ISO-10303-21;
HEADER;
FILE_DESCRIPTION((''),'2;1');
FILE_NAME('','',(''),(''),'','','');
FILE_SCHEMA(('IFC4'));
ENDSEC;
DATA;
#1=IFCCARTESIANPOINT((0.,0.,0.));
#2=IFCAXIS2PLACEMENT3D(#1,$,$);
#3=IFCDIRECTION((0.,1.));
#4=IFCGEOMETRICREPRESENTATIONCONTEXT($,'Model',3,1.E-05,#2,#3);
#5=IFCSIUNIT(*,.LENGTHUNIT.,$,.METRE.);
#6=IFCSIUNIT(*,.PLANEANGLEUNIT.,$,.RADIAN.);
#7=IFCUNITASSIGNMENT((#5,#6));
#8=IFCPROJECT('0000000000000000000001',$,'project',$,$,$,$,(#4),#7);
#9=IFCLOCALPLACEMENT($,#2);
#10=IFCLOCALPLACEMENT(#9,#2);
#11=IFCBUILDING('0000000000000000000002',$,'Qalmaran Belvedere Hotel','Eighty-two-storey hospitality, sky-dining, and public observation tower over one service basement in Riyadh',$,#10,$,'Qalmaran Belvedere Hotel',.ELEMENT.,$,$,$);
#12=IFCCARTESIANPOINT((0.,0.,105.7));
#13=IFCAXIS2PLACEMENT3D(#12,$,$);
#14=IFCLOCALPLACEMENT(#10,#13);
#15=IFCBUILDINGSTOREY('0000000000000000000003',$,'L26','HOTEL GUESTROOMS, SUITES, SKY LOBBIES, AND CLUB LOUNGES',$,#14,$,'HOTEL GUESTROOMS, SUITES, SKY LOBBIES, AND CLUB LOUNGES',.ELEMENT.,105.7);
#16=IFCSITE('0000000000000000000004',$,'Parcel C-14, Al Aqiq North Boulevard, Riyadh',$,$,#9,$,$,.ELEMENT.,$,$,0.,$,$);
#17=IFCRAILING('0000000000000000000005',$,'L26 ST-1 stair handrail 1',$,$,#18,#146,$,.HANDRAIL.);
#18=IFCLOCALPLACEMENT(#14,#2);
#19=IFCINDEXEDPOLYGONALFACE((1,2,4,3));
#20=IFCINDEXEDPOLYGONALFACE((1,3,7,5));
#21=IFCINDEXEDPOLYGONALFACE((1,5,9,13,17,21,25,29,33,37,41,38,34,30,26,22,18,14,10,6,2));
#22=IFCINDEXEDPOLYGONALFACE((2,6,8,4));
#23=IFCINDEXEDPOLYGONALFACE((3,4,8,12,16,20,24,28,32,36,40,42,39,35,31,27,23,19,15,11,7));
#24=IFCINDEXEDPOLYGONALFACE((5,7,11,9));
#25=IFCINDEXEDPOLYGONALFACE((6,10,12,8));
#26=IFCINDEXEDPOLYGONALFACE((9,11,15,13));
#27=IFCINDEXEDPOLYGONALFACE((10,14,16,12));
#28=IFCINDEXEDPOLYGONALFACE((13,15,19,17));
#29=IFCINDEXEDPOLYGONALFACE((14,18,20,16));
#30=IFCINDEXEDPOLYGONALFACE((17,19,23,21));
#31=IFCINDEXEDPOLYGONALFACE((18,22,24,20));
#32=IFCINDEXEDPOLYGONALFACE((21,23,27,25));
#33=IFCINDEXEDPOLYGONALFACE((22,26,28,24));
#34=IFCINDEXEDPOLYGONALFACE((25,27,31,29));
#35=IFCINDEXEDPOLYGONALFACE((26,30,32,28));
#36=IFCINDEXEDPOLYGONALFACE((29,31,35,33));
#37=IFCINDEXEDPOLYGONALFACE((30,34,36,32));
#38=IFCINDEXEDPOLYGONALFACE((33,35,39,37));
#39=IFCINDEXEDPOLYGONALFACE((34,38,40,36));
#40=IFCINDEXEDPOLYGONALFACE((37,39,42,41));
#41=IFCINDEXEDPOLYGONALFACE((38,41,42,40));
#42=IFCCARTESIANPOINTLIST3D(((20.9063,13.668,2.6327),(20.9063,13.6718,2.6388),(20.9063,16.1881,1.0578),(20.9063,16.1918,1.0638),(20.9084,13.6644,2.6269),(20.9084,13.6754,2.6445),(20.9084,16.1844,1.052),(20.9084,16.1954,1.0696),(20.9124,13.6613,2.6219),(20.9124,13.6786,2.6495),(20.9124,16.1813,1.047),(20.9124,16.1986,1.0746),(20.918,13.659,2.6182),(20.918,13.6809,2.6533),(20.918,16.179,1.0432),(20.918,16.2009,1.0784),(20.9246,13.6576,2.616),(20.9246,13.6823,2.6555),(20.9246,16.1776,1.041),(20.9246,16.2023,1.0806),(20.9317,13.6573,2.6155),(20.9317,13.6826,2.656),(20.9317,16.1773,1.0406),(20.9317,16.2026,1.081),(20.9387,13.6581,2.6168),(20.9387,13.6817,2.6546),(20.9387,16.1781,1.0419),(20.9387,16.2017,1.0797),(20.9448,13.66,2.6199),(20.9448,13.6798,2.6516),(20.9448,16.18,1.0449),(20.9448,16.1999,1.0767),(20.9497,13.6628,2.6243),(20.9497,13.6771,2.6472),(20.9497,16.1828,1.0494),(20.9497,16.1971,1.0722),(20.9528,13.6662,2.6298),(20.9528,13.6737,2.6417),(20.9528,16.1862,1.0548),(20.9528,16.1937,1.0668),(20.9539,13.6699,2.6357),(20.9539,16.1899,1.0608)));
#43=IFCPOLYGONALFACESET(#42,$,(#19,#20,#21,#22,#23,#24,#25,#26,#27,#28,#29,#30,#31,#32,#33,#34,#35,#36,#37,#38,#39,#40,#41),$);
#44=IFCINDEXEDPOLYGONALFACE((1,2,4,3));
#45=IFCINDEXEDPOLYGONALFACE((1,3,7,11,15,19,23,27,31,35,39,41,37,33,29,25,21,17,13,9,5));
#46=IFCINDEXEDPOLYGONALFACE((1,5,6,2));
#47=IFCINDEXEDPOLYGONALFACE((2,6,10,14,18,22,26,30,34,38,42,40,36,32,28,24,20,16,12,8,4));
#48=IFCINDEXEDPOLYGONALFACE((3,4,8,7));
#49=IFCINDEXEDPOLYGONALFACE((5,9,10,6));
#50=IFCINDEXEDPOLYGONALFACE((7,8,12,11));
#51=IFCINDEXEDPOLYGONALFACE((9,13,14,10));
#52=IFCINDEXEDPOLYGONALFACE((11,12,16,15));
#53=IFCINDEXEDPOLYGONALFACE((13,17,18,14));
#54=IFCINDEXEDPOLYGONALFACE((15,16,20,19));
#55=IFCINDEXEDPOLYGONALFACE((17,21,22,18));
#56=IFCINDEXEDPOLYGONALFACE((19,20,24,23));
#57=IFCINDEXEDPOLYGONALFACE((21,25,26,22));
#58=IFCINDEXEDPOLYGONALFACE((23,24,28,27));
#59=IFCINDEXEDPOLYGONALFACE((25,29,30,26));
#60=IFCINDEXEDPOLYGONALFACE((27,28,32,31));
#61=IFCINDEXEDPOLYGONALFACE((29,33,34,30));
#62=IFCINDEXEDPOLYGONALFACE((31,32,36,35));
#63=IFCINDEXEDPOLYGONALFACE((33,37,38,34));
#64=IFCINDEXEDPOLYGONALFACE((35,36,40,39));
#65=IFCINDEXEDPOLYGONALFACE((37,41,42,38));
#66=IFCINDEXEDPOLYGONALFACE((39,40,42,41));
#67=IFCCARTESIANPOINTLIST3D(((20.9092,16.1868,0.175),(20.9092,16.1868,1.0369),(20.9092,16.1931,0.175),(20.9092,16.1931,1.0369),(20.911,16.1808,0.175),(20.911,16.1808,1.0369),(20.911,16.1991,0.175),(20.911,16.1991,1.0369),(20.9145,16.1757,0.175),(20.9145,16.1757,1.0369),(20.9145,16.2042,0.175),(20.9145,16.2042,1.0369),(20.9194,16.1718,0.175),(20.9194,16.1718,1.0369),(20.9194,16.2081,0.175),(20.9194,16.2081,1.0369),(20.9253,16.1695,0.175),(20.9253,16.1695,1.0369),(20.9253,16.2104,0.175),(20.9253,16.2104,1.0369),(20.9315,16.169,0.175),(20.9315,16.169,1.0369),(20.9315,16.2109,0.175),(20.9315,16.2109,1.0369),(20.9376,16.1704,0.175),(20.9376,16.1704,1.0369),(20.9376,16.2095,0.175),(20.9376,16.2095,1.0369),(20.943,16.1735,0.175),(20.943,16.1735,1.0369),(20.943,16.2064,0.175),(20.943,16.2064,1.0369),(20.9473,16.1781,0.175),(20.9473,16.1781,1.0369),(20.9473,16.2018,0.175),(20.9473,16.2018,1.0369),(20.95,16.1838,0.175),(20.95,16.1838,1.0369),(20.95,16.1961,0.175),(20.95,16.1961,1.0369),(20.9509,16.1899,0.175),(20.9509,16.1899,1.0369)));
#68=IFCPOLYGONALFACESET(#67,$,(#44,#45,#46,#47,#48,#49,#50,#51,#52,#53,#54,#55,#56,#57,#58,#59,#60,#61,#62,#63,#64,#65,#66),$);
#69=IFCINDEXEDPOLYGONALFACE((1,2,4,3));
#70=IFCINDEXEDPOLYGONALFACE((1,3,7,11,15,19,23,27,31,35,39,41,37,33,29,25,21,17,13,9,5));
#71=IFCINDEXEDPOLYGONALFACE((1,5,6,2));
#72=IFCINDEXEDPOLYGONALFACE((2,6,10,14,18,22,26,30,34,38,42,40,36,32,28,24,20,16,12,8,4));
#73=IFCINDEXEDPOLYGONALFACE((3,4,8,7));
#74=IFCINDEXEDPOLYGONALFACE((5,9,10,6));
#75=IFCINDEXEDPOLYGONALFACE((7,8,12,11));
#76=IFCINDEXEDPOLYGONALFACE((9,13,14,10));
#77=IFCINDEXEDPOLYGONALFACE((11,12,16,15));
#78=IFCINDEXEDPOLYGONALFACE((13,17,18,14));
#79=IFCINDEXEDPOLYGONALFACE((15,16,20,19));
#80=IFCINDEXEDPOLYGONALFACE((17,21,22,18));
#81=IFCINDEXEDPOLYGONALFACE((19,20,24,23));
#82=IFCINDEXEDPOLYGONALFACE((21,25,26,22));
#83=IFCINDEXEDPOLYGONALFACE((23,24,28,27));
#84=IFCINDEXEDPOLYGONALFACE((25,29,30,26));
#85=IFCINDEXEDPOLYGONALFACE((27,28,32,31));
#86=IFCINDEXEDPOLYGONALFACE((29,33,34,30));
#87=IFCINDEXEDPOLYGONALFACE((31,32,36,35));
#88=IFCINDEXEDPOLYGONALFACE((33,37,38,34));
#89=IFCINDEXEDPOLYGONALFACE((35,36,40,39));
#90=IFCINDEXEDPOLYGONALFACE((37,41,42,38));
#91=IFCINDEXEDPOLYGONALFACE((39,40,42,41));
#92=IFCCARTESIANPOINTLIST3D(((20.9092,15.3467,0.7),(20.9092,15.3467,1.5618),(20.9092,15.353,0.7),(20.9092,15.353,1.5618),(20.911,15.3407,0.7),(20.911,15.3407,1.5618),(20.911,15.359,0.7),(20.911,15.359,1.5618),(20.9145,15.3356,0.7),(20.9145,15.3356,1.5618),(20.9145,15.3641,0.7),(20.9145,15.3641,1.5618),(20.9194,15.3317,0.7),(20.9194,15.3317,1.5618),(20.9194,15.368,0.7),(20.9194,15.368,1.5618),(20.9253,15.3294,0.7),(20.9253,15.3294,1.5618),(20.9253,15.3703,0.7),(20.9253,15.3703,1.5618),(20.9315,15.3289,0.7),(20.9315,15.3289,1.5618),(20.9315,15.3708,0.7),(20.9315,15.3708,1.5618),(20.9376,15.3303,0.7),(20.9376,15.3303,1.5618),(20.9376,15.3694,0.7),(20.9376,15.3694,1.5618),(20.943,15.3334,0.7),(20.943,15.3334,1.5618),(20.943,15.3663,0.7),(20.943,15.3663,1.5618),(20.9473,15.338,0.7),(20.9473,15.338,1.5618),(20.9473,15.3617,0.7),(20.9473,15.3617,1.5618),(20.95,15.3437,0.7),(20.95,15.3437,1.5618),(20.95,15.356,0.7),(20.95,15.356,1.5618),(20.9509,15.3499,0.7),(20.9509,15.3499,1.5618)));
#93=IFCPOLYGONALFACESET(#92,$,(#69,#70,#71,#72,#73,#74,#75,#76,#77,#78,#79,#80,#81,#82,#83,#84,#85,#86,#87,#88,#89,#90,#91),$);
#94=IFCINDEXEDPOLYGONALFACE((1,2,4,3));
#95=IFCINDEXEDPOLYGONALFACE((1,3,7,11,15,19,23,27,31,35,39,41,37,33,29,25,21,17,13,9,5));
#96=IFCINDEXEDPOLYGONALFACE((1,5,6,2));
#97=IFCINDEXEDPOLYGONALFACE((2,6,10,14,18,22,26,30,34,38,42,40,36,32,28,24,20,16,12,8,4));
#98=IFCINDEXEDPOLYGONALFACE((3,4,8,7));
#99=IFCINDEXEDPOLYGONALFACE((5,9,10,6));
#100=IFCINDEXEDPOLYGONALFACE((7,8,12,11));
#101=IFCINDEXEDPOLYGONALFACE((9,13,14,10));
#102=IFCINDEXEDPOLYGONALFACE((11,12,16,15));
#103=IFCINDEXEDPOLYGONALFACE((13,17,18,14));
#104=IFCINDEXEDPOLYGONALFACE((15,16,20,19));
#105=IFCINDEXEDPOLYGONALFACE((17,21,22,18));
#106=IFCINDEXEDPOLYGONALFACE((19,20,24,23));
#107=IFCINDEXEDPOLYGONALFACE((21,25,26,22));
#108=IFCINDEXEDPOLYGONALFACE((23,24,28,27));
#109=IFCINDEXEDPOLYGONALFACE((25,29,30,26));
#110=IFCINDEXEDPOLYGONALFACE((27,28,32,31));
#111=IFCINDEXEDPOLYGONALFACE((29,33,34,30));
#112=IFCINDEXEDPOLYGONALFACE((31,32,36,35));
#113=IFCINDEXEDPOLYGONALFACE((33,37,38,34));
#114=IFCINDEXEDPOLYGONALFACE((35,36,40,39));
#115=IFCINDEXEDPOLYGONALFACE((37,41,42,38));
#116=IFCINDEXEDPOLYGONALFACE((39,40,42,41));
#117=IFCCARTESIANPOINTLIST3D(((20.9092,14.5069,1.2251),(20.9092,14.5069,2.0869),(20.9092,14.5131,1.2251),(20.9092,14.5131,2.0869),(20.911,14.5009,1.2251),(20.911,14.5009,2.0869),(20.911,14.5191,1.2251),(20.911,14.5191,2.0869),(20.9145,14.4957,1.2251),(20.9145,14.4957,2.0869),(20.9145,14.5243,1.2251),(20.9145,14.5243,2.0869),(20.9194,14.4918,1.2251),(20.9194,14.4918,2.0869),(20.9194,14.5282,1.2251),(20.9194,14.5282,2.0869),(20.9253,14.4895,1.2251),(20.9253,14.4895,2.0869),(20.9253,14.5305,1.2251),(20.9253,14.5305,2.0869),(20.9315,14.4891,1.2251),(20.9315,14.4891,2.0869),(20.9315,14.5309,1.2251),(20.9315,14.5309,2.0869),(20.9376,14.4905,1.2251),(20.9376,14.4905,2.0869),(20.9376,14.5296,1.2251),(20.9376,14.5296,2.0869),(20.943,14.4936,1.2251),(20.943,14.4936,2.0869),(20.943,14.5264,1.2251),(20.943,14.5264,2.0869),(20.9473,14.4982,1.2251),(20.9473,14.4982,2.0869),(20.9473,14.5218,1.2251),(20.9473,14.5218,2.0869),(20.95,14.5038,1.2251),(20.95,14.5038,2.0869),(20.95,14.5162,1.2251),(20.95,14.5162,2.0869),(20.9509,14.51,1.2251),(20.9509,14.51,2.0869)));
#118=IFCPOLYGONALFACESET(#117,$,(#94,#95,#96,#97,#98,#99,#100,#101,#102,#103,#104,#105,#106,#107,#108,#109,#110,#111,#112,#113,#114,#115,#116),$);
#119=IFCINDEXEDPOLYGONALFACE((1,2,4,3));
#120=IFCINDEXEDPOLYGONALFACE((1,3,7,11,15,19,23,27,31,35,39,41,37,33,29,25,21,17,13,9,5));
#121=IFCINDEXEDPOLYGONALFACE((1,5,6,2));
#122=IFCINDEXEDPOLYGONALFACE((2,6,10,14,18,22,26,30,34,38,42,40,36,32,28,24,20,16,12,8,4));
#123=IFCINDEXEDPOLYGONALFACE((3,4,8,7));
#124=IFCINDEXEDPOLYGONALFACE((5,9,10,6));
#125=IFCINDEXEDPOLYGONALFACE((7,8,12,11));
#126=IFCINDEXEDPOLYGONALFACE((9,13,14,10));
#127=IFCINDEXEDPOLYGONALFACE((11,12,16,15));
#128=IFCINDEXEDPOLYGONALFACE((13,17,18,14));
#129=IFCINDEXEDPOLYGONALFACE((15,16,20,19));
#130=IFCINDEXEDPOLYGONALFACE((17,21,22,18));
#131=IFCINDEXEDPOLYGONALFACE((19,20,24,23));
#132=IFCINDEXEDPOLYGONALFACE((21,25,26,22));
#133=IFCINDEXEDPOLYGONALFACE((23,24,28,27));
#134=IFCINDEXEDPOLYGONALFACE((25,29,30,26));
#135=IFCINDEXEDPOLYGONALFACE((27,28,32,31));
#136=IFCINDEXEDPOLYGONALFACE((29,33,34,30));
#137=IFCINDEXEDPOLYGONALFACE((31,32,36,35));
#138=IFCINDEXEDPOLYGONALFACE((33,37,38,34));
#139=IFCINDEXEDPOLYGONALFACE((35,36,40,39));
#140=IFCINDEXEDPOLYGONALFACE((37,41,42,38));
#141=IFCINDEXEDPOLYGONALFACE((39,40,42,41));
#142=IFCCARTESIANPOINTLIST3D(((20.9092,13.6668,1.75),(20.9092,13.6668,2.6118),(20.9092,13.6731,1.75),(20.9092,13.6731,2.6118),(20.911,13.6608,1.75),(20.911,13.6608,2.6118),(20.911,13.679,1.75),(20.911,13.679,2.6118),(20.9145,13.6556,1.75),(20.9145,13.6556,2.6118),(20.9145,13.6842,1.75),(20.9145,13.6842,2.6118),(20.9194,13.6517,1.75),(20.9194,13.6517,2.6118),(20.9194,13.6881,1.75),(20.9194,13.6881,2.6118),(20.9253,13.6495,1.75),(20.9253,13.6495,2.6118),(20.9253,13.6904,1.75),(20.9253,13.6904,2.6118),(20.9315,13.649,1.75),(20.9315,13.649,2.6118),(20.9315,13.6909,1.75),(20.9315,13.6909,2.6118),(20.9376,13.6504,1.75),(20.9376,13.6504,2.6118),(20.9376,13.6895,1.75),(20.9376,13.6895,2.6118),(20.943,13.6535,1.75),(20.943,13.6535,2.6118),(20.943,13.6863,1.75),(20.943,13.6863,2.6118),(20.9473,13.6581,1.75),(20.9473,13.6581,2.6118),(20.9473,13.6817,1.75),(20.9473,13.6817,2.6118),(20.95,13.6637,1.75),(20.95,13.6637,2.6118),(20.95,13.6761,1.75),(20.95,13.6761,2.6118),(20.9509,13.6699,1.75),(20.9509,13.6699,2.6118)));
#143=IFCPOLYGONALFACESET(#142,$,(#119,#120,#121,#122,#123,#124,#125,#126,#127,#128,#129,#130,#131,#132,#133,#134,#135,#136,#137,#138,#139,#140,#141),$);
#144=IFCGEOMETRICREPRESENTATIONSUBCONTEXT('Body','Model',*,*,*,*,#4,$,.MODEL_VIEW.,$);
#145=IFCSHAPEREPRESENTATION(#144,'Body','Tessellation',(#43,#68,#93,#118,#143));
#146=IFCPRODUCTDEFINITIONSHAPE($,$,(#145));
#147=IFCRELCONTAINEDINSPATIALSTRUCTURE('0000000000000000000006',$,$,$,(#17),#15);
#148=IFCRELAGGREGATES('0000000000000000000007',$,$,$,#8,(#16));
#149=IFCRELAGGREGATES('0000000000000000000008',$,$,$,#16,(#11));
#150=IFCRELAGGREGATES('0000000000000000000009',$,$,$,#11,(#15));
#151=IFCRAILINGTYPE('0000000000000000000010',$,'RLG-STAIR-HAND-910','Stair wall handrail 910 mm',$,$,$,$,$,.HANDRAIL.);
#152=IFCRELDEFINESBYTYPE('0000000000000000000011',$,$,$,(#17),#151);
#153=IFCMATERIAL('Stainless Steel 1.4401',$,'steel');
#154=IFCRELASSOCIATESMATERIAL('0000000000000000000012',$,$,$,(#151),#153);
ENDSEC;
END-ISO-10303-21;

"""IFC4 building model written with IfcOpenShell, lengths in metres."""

from ifc_helpers import new_model, si_unit, direction, frame, origin, origin_2d, place, context, subcontext, project, spatial, circle, extrude, material, type_object, element, save


model = new_model("IFC4")

# Units and contexts
model_context = context("Model", 3, precision=1e-05, world=origin(), true_north=direction((0.0, 1.0)))
body_context = subcontext(model_context, "Body", "Model", "MODEL_VIEW")
ifc_project = project(units=[si_unit("LENGTHUNIT", "METRE"), si_unit("PLANEANGLEUNIT", "RADIAN")], contexts=[model_context])

# Site, building, storey
site_placement = place(None, origin())
site = spatial("IfcSite", under=ifc_project, at=site_placement, Name="Parcel C-14, Al Aqiq North Boulevard, Riyadh", CompositionType="ELEMENT", RefElevation=0.0)
building_placement = place(site_placement, origin())
building = spatial("IfcBuilding", under=site, at=building_placement, Name="Qalmaran Belvedere Hotel", Description="Eighty-two-storey hospitality, sky-dining, and public observation tower over one service basement in Riyadh", LongName="Qalmaran Belvedere Hotel", CompositionType="ELEMENT")
storey_placement = place(building_placement, frame((0.0, 0.0, 105.7)))
storey = spatial("IfcBuildingStorey", under=building, at=storey_placement, Name="L26", Description="HOTEL GUESTROOMS, SUITES, SKY LOBBIES, AND CLUB LOUNGES", LongName="HOTEL GUESTROOMS, SUITES, SKY LOBBIES, AND CLUB LOUNGES", CompositionType="ELEMENT", Elevation=105.7)

# Shared definitions
ifc_material_1 = material(Name="Stainless Steel 1.4401", Category="steel")

# Railing
railing_type_1 = type_object("IfcRailingType", Name="RLG-STAIR-HAND-910", Description="Stair wall handrail 910 mm", PredefinedType="HANDRAIL", material=ifc_material_1)
railing_1_placement = place(storey_placement, frame((20.9299, 16.1899, 0.175)))
element("IfcRailing", 1, at=railing_1_placement, inside=storey, type_object=railing_type_1, Name="L26 ST-1 stair handrail 1", PredefinedType="HANDRAIL", context=body_context, shape_type="SweptSolid", body=[
    extrude(circle(Radius=0.0239, at=origin_2d()), frame((0.0, 0.0, 0.8857), z_axis=(0.0, -0.848008, 0.529984), x_axis=(1.0, 0.0, 0.0)), (0.0, 0.0, 1.0), 2.9717),
    extrude(circle(Radius=0.021, at=origin_2d()), origin(), (0.0, 0.0, 1.0), 0.8618),
    extrude(circle(Radius=0.021, at=origin_2d()), frame((0.0, -0.8401, 0.5249)), (0.0, 0.0, 1.0), 0.8618),
    extrude(circle(Radius=0.021, at=origin_2d()), frame((0.0, -1.6799, 1.05)), (0.0, 0.0, 1.0), 0.8618),
    extrude(circle(Radius=0.021, at=origin_2d()), frame((0.0, -2.52, 1.575)), (0.0, 0.0, 1.0), 0.8618),
])

save(model, "model.ifc")
